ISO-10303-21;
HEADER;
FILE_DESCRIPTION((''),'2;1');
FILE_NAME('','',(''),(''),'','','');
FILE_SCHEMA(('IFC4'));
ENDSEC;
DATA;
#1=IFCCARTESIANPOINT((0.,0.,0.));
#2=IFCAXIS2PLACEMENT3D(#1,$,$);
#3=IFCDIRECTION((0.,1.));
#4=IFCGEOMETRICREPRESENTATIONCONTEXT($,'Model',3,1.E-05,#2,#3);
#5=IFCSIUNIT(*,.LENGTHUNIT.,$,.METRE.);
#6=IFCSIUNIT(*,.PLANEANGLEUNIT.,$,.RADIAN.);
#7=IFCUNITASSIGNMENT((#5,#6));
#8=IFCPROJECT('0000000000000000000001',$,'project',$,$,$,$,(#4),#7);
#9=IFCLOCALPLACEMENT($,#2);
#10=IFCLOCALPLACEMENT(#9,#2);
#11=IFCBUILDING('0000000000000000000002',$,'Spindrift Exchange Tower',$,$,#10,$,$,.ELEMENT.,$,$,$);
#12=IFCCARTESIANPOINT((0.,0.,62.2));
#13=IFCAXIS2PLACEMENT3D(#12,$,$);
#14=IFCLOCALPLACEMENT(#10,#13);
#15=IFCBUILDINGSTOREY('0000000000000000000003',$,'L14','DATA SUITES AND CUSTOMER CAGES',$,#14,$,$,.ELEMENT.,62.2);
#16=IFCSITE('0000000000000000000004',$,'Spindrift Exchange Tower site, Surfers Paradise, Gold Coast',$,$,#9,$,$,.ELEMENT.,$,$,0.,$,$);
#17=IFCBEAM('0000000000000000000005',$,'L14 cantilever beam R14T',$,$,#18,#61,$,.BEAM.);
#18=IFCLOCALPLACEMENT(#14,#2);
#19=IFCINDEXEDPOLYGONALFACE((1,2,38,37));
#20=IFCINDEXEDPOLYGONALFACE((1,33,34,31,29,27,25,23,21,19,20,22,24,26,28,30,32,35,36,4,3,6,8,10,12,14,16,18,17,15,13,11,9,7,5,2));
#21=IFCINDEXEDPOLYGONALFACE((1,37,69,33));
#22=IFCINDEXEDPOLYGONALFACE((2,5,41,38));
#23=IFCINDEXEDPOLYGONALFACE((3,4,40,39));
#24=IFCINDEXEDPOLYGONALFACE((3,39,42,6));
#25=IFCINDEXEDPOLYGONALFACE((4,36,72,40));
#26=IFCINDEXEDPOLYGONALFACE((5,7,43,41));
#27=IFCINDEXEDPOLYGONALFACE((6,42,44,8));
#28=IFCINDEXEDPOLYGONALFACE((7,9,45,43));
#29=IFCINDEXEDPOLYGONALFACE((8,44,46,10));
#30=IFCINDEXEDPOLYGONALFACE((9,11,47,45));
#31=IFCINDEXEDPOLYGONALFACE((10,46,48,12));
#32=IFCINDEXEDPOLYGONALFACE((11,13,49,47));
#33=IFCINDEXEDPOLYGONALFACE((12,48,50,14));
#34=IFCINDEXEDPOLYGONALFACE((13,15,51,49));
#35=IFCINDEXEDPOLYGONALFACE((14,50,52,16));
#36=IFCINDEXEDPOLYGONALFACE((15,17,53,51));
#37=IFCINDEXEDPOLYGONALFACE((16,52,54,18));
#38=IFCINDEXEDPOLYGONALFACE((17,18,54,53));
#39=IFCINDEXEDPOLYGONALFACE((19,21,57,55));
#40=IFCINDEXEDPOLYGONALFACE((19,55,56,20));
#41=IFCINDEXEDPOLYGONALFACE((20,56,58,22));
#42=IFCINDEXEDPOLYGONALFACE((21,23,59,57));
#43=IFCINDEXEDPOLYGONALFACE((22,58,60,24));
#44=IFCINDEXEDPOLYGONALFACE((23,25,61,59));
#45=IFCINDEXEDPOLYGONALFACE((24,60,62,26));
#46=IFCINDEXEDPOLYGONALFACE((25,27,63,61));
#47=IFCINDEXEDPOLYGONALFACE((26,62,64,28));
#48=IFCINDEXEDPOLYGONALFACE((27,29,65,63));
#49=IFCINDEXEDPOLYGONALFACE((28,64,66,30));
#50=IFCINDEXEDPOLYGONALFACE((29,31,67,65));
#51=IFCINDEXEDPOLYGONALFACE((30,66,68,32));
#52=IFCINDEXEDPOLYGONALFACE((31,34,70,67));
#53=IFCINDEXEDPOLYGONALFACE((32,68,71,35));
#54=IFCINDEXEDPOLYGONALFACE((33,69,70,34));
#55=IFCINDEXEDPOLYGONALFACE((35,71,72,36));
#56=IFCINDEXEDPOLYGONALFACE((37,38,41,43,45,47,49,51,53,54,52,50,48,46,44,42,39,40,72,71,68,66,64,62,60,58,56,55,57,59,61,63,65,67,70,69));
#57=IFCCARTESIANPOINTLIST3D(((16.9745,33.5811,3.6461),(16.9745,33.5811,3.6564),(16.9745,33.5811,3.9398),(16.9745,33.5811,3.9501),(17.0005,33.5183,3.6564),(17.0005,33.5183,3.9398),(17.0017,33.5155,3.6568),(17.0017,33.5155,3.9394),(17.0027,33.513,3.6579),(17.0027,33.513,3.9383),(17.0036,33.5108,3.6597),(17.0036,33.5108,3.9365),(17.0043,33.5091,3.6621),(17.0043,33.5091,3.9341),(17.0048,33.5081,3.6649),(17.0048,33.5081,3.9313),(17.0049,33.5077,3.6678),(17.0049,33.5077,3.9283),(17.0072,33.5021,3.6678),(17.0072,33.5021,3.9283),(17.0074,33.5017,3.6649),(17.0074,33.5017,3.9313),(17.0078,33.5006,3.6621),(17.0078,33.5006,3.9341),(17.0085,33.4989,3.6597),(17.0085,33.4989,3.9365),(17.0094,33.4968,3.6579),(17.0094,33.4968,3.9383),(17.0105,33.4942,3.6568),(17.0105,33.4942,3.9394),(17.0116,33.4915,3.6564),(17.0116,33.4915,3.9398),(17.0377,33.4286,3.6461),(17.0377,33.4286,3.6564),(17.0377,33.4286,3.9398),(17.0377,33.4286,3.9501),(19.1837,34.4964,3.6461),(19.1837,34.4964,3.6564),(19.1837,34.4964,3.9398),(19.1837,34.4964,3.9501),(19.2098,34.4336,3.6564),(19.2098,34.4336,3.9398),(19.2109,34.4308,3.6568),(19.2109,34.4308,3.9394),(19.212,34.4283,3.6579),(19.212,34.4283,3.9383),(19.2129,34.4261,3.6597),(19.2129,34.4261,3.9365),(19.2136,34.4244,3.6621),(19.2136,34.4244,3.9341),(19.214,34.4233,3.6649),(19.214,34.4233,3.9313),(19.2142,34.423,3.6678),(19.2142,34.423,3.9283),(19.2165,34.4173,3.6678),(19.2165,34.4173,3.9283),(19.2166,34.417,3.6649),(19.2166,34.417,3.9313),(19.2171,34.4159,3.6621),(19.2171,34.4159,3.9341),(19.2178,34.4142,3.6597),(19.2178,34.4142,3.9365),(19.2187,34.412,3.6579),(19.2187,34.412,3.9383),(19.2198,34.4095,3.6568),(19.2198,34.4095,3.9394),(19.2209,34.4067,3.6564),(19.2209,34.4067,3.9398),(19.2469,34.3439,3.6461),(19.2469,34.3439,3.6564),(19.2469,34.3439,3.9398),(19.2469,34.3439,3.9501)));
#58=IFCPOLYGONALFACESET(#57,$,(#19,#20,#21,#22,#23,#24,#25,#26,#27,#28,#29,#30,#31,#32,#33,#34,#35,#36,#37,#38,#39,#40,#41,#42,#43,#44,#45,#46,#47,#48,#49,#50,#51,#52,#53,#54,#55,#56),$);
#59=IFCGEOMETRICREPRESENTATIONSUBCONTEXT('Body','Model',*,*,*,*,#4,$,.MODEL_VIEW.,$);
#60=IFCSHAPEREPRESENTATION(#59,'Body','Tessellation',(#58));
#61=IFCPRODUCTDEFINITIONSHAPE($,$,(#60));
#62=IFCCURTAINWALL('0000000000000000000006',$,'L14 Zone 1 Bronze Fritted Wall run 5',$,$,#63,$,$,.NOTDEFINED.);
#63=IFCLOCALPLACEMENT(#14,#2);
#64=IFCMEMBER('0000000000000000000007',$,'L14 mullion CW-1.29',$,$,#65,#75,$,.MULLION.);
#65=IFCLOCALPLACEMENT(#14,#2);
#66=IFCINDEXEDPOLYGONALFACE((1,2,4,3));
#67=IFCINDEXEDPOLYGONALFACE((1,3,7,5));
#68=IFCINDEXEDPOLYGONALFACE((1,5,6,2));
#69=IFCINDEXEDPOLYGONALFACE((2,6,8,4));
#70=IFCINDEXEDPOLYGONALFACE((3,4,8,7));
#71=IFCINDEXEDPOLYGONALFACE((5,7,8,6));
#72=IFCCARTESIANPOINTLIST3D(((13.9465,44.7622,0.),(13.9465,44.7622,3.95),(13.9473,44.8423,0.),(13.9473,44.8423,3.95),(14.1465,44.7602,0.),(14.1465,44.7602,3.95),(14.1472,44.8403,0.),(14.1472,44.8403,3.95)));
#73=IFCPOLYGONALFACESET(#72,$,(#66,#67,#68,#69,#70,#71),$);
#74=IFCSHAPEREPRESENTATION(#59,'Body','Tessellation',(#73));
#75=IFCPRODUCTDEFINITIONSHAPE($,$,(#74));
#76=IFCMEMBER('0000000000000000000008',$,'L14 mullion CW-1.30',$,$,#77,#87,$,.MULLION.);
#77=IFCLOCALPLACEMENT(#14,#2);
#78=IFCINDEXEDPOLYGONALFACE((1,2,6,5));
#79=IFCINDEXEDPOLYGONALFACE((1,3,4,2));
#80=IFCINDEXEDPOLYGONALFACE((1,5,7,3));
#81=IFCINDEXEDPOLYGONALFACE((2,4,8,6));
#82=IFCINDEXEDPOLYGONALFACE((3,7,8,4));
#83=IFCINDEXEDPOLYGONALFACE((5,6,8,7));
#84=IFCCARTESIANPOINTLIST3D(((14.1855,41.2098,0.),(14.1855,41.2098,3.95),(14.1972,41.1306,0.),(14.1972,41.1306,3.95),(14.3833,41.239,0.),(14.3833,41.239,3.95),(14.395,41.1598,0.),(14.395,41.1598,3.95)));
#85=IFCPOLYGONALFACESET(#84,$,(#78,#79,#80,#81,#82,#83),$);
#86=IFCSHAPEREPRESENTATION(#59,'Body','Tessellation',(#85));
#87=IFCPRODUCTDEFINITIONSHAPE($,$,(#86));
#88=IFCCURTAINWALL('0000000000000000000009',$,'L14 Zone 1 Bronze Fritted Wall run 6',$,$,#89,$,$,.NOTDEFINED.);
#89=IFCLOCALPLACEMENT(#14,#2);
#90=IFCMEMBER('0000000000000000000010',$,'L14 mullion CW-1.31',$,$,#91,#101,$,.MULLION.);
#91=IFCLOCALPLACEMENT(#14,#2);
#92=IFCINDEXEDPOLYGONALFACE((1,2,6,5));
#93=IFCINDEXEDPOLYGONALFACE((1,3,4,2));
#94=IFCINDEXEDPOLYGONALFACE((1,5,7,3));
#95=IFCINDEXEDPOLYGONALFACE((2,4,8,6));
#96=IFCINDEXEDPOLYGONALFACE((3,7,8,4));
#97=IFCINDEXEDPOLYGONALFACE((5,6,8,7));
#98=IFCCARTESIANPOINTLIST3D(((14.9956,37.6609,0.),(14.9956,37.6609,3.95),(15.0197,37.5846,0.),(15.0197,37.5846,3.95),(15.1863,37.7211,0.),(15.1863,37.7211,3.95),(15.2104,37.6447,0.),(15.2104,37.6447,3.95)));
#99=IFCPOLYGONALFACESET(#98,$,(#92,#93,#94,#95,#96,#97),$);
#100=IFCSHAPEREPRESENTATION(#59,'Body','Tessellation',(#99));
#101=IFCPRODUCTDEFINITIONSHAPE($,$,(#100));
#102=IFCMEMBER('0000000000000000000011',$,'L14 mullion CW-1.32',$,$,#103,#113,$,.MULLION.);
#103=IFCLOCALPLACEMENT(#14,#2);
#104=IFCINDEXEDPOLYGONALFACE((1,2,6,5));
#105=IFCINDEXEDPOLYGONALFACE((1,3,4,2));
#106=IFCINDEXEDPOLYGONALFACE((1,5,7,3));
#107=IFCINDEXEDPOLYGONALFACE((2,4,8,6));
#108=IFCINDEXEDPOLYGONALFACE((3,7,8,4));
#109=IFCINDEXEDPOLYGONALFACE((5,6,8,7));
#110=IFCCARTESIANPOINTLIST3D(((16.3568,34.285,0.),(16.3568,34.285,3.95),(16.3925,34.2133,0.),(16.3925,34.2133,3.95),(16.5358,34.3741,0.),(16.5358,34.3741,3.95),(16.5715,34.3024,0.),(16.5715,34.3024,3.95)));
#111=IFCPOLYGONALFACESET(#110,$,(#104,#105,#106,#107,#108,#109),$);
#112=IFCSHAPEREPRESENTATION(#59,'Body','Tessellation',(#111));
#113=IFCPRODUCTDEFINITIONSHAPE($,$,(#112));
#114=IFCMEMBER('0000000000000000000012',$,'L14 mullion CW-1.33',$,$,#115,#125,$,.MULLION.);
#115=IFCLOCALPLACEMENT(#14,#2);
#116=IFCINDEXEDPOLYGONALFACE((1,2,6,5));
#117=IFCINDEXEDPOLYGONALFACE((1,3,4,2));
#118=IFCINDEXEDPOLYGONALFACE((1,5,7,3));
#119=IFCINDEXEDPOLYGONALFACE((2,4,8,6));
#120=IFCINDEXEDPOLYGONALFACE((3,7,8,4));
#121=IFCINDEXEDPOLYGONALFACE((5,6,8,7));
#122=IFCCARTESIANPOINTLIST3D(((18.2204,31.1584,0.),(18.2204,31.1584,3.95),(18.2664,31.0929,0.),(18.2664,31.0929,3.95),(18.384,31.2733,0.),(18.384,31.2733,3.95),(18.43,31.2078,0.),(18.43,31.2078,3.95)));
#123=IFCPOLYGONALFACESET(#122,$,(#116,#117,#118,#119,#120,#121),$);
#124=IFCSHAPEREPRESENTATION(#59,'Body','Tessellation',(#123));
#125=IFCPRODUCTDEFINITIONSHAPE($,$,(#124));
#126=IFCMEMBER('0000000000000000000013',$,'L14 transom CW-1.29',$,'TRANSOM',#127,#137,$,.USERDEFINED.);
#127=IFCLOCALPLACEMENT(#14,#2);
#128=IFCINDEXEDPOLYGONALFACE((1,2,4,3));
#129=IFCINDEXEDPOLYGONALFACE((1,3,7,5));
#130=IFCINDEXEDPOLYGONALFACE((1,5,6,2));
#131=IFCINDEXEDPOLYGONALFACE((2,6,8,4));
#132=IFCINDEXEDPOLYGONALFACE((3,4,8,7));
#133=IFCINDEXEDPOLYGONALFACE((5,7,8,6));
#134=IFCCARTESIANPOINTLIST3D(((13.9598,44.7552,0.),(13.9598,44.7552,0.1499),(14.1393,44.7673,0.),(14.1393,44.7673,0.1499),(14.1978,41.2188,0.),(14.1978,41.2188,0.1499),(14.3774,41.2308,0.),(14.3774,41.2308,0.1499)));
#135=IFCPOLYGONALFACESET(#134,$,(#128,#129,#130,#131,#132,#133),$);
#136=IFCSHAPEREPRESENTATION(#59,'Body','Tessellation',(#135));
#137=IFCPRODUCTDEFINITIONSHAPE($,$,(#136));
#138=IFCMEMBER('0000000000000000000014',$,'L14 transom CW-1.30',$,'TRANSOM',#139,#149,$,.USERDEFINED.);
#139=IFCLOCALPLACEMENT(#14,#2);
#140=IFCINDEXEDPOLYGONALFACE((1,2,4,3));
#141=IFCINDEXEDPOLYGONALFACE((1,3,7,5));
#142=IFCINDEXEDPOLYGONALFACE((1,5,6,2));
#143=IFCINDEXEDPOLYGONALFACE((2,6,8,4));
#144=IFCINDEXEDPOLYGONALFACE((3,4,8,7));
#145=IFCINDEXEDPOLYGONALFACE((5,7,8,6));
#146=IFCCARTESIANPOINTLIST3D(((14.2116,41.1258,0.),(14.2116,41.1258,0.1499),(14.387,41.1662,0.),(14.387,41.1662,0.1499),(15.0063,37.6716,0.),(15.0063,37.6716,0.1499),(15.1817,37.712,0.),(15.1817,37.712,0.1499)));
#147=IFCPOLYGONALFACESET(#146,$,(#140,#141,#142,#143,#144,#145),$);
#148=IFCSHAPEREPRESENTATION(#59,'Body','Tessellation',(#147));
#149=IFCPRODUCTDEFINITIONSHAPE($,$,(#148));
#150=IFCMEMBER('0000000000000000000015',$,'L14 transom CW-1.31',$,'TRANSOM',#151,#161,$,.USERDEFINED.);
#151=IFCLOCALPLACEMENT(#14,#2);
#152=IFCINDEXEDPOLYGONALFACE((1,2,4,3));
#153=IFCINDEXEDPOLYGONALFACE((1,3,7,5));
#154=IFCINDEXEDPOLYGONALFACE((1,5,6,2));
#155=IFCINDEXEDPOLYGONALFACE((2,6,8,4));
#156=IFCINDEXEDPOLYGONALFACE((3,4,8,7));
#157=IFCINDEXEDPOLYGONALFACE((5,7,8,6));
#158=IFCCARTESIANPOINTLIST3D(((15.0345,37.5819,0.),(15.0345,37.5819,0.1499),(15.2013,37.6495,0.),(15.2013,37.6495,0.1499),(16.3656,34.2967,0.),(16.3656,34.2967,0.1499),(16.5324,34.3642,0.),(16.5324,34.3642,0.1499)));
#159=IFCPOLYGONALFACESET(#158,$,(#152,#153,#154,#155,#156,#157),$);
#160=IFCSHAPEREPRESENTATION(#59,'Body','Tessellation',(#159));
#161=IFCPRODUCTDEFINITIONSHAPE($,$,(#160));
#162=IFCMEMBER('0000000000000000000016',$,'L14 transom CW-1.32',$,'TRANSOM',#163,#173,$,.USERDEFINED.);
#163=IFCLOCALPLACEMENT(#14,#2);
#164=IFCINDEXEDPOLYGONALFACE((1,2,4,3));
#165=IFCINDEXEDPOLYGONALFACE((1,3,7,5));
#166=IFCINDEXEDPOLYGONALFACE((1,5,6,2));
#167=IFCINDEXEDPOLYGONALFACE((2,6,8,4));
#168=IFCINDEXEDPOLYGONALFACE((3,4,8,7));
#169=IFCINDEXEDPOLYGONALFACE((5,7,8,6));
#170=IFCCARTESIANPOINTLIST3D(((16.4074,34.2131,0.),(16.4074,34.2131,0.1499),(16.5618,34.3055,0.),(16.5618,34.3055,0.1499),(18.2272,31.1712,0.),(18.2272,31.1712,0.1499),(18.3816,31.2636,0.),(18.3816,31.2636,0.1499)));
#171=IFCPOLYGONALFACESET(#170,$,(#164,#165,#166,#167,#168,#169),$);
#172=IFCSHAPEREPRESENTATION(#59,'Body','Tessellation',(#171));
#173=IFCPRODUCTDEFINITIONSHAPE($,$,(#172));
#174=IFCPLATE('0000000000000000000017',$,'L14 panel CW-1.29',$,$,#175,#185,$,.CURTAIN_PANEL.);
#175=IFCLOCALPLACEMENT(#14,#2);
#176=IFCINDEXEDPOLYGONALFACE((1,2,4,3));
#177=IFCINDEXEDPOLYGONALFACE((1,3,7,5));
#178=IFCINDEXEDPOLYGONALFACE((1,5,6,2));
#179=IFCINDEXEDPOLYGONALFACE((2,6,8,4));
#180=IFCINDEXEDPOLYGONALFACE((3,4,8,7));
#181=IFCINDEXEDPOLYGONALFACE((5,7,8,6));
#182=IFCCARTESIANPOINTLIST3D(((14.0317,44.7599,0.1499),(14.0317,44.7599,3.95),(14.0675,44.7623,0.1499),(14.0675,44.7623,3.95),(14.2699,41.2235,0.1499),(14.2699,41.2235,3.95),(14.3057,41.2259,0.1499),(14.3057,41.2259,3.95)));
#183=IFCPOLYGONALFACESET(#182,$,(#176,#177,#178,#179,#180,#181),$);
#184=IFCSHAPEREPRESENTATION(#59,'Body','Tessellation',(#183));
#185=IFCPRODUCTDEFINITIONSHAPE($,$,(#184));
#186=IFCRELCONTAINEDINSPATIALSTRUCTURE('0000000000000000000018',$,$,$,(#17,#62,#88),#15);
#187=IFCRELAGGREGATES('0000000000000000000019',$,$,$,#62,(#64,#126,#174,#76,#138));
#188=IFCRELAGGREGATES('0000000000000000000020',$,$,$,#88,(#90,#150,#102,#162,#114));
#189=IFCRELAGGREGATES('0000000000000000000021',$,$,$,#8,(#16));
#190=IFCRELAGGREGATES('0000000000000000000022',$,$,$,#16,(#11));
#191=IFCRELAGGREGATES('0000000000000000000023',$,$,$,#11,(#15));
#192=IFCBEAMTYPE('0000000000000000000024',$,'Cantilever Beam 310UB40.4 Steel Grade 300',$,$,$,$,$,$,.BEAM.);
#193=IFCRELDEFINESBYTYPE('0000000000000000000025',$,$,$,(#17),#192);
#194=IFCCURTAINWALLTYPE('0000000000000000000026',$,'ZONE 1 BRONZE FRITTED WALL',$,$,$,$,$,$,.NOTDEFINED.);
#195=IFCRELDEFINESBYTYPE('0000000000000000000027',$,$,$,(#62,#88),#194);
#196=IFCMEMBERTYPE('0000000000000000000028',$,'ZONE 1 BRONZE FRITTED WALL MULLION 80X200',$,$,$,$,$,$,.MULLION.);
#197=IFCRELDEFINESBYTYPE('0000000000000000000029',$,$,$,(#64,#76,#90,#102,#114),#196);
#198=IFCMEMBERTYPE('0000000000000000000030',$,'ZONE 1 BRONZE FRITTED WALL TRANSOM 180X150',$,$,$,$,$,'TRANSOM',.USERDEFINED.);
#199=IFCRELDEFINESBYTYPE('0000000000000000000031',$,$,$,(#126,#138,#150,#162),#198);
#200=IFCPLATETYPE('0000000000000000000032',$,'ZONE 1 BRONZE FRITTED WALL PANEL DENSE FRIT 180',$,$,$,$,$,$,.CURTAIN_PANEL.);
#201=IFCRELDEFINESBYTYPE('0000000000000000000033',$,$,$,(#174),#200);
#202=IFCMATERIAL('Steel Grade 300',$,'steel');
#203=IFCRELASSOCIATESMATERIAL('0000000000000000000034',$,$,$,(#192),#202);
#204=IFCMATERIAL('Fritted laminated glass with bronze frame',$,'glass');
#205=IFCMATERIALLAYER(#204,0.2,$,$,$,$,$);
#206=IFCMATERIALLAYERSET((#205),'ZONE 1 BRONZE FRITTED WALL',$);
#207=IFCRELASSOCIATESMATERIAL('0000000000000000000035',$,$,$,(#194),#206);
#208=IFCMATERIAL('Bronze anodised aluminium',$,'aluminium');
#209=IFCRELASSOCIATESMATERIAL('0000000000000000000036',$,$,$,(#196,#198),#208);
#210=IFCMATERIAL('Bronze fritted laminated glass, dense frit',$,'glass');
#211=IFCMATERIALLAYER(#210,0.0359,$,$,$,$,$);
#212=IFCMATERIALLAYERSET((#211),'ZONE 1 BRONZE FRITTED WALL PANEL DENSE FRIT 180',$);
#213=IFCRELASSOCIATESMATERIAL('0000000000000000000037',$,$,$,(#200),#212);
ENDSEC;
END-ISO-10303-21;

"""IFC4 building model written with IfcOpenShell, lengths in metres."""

from ifc_helpers import new_model, si_unit, direction, frame, origin, origin_2d, place, context, subcontext, project, spatial, rectangle, i_section, extrude, source, transform, mapped, material, layer, layer_set, material_profile, profile_set, type_object, element, aggregate, save


model = new_model("IFC4")

# Units and contexts
model_context = context("Model", 3, precision=1e-05, world=origin(), true_north=direction((0.0, 1.0)))
body_context = subcontext(model_context, "Body", "Model", "MODEL_VIEW")
ifc_project = project(units=[si_unit("LENGTHUNIT", "METRE"), si_unit("PLANEANGLEUNIT", "RADIAN")], contexts=[model_context])

# Site, building, storey
site_placement = place(None, origin())
site = spatial("IfcSite", under=ifc_project, at=site_placement, Name="Spindrift Exchange Tower site, Surfers Paradise, Gold Coast", CompositionType="ELEMENT", RefElevation=0.0)
building_placement = place(site_placement, origin())
building = spatial("IfcBuilding", under=site, at=building_placement, Name="Spindrift Exchange Tower", CompositionType="ELEMENT")
storey_placement = place(building_placement, frame((0.0, 0.0, 62.2)))
storey = spatial("IfcBuildingStorey", under=building, at=storey_placement, Name="L14", Description="DATA SUITES AND CUSTOMER CAGES", CompositionType="ELEMENT", Elevation=62.2)

# Beam
ifc_material_1 = material(Name="Steel Grade 300", Category="steel")
ifc_material_profile_1 = material_profile(ifc_material_1, i_section(OverallWidth=0.165, OverallDepth=0.304, WebThickness=0.0061, FlangeThickness=0.0103, FilletRadius=0.0115, at=origin_2d()), Name="310UB40.4")
ifc_profile_set_1 = profile_set([ifc_material_profile_1], Name="Steel Grade 300")
beam_type_1 = type_object("IfcBeamType", Name="Cantilever Beam 310UB40.4 Steel Grade 300", PredefinedType="BEAM", material=ifc_profile_set_1)
shared_shape_1 = source(origin(), body_context, "Body", "SweptSolid", [
    extrude(i_section(OverallWidth=0.165, OverallDepth=0.304, WebThickness=0.0061, FlangeThickness=0.0103, FilletRadius=0.0115, at=origin_2d()), origin(), (0.0, 0.0, 1.0), 2.3914),
])
beam_1_placement = place(storey_placement, frame((19.2153, 34.4202, 3.7981), z_axis=(-0.923851, -0.382752, 0.0), x_axis=(0.382752, -0.923851, 0.0)))
element("IfcBeam", 1, at=beam_1_placement, inside=storey, type_object=beam_type_1, Name="L14 cantilever beam R14T", PredefinedType="BEAM", context=body_context, shape_type="MappedRepresentation", body=[
    mapped(shared_shape_1, transform((0.0, 0.0, 0.0), scale=1.0)),
])

# Curtain walls, members
ifc_material_2 = material(Name="Fritted laminated glass with bronze frame", Category="glass")
ifc_layer_1 = layer(ifc_material_2, 0.2)
ifc_layer_set_1 = layer_set([ifc_layer_1], Name="ZONE 1 BRONZE FRITTED WALL")
curtain_wall_type = type_object("IfcCurtainWallType", Name="ZONE 1 BRONZE FRITTED WALL", PredefinedType="NOTDEFINED", material=ifc_layer_set_1)
curtain_wall_1_placement = place(storey_placement, origin())
curtain_wall_1 = element("IfcCurtainWall", 2, at=curtain_wall_1_placement, inside=storey, type_object=curtain_wall_type, Name="L14 Zone 1 Bronze Fritted Wall run 5", PredefinedType="NOTDEFINED")
ifc_material_3 = material(Name="Bronze anodised aluminium", Category="aluminium")
ifc_material_profile_2 = material_profile(ifc_material_3, rectangle(XDim=0.0801, YDim=0.2, at=origin_2d()), Name="ZONE 1 BRONZE FRITTED WALL MULLION 80X200")
ifc_profile_set_2 = profile_set([ifc_material_profile_2], Name="Bronze anodised aluminium")
member_type_1 = type_object("IfcMemberType", Name="ZONE 1 BRONZE FRITTED WALL MULLION 80X200", PredefinedType="MULLION", material=ifc_profile_set_2)
shared_shape_2 = source(origin(), body_context, "Body", "SweptSolid", [
    extrude(rectangle(XDim=0.0801, YDim=0.2, at=origin_2d()), origin(), (0.0, 0.0, 1.0), 3.95),
])
member_1_placement = place(storey_placement, frame((14.0469, 44.8013, 0.0), z_axis=(0.0, 0.0, 1.0), x_axis=(-0.009875, -0.999951, 0.0)))
member_1 = element("IfcMember", 3, at=member_1_placement, type_object=member_type_1, Name="L14 mullion CW-1.29", PredefinedType="MULLION", context=body_context, shape_type="MappedRepresentation", body=[
    mapped(shared_shape_2, transform((0.0, 0.0, 0.0), scale=1.0)),
])
member_2_placement = place(storey_placement, frame((14.2903, 41.1848, 0.0), z_axis=(0.0, 0.0, 1.0), x_axis=(0.146154, -0.989262, 0.0)))
member_2 = element("IfcMember", 4, at=member_2_placement, type_object=member_type_1, Name="L14 mullion CW-1.30", PredefinedType="MULLION", context=body_context, shape_type="MappedRepresentation", body=[
    mapped(shared_shape_2, transform((0.0, 0.0, 0.0), scale=1.0)),
])
curtain_wall_2_placement = place(storey_placement, origin())
curtain_wall_2 = element("IfcCurtainWall", 5, at=curtain_wall_2_placement, inside=storey, type_object=curtain_wall_type, Name="L14 Zone 1 Bronze Fritted Wall run 6", PredefinedType="NOTDEFINED")
member_3_placement = place(storey_placement, frame((15.103, 37.6528, 0.0), z_axis=(0.0, 0.0, 1.0), x_axis=(0.300816, -0.953682, 0.0)))
member_3 = element("IfcMember", 6, at=member_3_placement, type_object=member_type_1, Name="L14 mullion CW-1.31", PredefinedType="MULLION", context=body_context, shape_type="MappedRepresentation", body=[
    mapped(shared_shape_2, transform((0.0, 0.0, 0.0), scale=1.0)),
])
member_4_placement = place(storey_placement, frame((16.4641, 34.2937, 0.0), z_axis=(0.0, 0.0, 1.0), x_axis=(0.445793, -0.895136, 0.0)))
member_4 = element("IfcMember", 7, at=member_4_placement, type_object=member_type_1, Name="L14 mullion CW-1.32", PredefinedType="MULLION", context=body_context, shape_type="MappedRepresentation", body=[
    mapped(shared_shape_2, transform((0.0, 0.0, 0.0), scale=1.0)),
])
member_5_placement = place(storey_placement, frame((18.3252, 31.1831, 0.0), z_axis=(0.0, 0.0, 1.0), x_axis=(0.57462, -0.81842, 0.0)))
member_5 = element("IfcMember", 8, at=member_5_placement, type_object=member_type_1, Name="L14 mullion CW-1.33", PredefinedType="MULLION", context=body_context, shape_type="MappedRepresentation", body=[
    mapped(shared_shape_2, transform((0.0, 0.0, 0.0), scale=1.0)),
])

# Members
ifc_material_profile_3 = material_profile(ifc_material_3, rectangle(XDim=0.1799, YDim=0.1499, at=origin_2d()), Name="ZONE 1 BRONZE FRITTED WALL TRANSOM 180X150")
ifc_profile_set_3 = profile_set([ifc_material_profile_3], Name="Bronze anodised aluminium")
member_type_2 = type_object("IfcMemberType", Name="ZONE 1 BRONZE FRITTED WALL TRANSOM 180X150", ElementType="TRANSOM", PredefinedType="USERDEFINED", material=ifc_profile_set_3)
shared_shape_3 = source(origin(), body_context, "Body", "SweptSolid", [
    extrude(rectangle(XDim=0.1799, YDim=0.1499, at=origin_2d()), origin(), (0.0, 0.0, 1.0), 3.5444),
])
member_6_placement = place(storey_placement, frame((14.0496, 44.7612, 0.075), z_axis=(0.067159, -0.997742, 0.0), x_axis=(0.997742, 0.067159, 0.0)))
member_6 = element("IfcMember", 9, at=member_6_placement, type_object=member_type_2, Name="L14 transom CW-1.29", ObjectType="TRANSOM", PredefinedType="USERDEFINED", context=body_context, shape_type="MappedRepresentation", body=[
    mapped(shared_shape_3, transform((0.0, 0.0, 0.0), scale=1.0)),
])
member_7_placement = place(storey_placement, frame((14.2993, 41.146, 0.075), z_axis=(0.22421, -0.974541, 0.0), x_axis=(0.974541, 0.22421, 0.0)))
member_7 = element("IfcMember", 10, at=member_7_placement, type_object=member_type_2, Name="L14 transom CW-1.30", ObjectType="TRANSOM", PredefinedType="USERDEFINED", context=body_context, shape_type="MappedRepresentation", body=[
    mapped(shared_shape_3, transform((0.0, 0.0, 0.0), scale=1.0)),
])
shared_shape_4 = source(origin(), body_context, "Body", "SweptSolid", [
    extrude(rectangle(XDim=0.1799, YDim=0.1499, at=origin_2d()), origin(), (0.0, 0.0, 1.0), 3.5447),
])
member_8_placement = place(storey_placement, frame((15.1179, 37.6157, 0.075), z_axis=(0.37552, -0.926814, 0.0), x_axis=(0.926814, 0.37552, 0.0)))
member_8 = element("IfcMember", 11, at=member_8_placement, type_object=member_type_2, Name="L14 transom CW-1.31", ObjectType="TRANSOM", PredefinedType="USERDEFINED", context=body_context, shape_type="MappedRepresentation", body=[
    mapped(shared_shape_4, transform((0.0, 0.0, 0.0), scale=1.0)),
])
member_9_placement = place(storey_placement, frame((16.4846, 34.2593, 0.075), z_axis=(0.513381, -0.858161, 0.0), x_axis=(0.858161, 0.513381, 0.0)))
member_9 = element("IfcMember", 12, at=member_9_placement, type_object=member_type_2, Name="L14 transom CW-1.32", ObjectType="TRANSOM", PredefinedType="USERDEFINED", context=body_context, shape_type="MappedRepresentation", body=[
    mapped(shared_shape_4, transform((0.0, 0.0, 0.0), scale=1.0)),
])

# Plate
ifc_material_4 = material(Name="Bronze fritted laminated glass, dense frit", Category="glass")
ifc_layer_2 = layer(ifc_material_4, 0.0359)
ifc_layer_set_2 = layer_set([ifc_layer_2], Name="ZONE 1 BRONZE FRITTED WALL PANEL DENSE FRIT 180")
plate_type_1 = type_object("IfcPlateType", Name="ZONE 1 BRONZE FRITTED WALL PANEL DENSE FRIT 180", PredefinedType="CURTAIN_PANEL", material=ifc_layer_set_2)
shared_shape_5 = source(origin(), body_context, "Body", "SweptSolid", [
    extrude(rectangle(XDim=3.5444, YDim=0.0359, at=origin_2d()), origin(), (0.0, 0.0, 1.0), 3.8),
])
plate_1_placement = place(storey_placement, frame((14.1687, 42.9929, 0.1499), z_axis=(0.0, 0.0, 1.0), x_axis=(0.067181, -0.997741, 0.0)))
plate_1 = element("IfcPlate", 13, at=plate_1_placement, type_object=plate_type_1, Name="L14 panel CW-1.29", PredefinedType="CURTAIN_PANEL", context=body_context, shape_type="MappedRepresentation", body=[
    mapped(shared_shape_5, transform((0.0, 0.0, 0.0), scale=1.0)),
])
aggregate(curtain_wall_1, [member_1, member_6, plate_1, member_2, member_7])
aggregate(curtain_wall_2, [member_3, member_8, member_4, member_9, member_5])

save(model, "model.ifc")
